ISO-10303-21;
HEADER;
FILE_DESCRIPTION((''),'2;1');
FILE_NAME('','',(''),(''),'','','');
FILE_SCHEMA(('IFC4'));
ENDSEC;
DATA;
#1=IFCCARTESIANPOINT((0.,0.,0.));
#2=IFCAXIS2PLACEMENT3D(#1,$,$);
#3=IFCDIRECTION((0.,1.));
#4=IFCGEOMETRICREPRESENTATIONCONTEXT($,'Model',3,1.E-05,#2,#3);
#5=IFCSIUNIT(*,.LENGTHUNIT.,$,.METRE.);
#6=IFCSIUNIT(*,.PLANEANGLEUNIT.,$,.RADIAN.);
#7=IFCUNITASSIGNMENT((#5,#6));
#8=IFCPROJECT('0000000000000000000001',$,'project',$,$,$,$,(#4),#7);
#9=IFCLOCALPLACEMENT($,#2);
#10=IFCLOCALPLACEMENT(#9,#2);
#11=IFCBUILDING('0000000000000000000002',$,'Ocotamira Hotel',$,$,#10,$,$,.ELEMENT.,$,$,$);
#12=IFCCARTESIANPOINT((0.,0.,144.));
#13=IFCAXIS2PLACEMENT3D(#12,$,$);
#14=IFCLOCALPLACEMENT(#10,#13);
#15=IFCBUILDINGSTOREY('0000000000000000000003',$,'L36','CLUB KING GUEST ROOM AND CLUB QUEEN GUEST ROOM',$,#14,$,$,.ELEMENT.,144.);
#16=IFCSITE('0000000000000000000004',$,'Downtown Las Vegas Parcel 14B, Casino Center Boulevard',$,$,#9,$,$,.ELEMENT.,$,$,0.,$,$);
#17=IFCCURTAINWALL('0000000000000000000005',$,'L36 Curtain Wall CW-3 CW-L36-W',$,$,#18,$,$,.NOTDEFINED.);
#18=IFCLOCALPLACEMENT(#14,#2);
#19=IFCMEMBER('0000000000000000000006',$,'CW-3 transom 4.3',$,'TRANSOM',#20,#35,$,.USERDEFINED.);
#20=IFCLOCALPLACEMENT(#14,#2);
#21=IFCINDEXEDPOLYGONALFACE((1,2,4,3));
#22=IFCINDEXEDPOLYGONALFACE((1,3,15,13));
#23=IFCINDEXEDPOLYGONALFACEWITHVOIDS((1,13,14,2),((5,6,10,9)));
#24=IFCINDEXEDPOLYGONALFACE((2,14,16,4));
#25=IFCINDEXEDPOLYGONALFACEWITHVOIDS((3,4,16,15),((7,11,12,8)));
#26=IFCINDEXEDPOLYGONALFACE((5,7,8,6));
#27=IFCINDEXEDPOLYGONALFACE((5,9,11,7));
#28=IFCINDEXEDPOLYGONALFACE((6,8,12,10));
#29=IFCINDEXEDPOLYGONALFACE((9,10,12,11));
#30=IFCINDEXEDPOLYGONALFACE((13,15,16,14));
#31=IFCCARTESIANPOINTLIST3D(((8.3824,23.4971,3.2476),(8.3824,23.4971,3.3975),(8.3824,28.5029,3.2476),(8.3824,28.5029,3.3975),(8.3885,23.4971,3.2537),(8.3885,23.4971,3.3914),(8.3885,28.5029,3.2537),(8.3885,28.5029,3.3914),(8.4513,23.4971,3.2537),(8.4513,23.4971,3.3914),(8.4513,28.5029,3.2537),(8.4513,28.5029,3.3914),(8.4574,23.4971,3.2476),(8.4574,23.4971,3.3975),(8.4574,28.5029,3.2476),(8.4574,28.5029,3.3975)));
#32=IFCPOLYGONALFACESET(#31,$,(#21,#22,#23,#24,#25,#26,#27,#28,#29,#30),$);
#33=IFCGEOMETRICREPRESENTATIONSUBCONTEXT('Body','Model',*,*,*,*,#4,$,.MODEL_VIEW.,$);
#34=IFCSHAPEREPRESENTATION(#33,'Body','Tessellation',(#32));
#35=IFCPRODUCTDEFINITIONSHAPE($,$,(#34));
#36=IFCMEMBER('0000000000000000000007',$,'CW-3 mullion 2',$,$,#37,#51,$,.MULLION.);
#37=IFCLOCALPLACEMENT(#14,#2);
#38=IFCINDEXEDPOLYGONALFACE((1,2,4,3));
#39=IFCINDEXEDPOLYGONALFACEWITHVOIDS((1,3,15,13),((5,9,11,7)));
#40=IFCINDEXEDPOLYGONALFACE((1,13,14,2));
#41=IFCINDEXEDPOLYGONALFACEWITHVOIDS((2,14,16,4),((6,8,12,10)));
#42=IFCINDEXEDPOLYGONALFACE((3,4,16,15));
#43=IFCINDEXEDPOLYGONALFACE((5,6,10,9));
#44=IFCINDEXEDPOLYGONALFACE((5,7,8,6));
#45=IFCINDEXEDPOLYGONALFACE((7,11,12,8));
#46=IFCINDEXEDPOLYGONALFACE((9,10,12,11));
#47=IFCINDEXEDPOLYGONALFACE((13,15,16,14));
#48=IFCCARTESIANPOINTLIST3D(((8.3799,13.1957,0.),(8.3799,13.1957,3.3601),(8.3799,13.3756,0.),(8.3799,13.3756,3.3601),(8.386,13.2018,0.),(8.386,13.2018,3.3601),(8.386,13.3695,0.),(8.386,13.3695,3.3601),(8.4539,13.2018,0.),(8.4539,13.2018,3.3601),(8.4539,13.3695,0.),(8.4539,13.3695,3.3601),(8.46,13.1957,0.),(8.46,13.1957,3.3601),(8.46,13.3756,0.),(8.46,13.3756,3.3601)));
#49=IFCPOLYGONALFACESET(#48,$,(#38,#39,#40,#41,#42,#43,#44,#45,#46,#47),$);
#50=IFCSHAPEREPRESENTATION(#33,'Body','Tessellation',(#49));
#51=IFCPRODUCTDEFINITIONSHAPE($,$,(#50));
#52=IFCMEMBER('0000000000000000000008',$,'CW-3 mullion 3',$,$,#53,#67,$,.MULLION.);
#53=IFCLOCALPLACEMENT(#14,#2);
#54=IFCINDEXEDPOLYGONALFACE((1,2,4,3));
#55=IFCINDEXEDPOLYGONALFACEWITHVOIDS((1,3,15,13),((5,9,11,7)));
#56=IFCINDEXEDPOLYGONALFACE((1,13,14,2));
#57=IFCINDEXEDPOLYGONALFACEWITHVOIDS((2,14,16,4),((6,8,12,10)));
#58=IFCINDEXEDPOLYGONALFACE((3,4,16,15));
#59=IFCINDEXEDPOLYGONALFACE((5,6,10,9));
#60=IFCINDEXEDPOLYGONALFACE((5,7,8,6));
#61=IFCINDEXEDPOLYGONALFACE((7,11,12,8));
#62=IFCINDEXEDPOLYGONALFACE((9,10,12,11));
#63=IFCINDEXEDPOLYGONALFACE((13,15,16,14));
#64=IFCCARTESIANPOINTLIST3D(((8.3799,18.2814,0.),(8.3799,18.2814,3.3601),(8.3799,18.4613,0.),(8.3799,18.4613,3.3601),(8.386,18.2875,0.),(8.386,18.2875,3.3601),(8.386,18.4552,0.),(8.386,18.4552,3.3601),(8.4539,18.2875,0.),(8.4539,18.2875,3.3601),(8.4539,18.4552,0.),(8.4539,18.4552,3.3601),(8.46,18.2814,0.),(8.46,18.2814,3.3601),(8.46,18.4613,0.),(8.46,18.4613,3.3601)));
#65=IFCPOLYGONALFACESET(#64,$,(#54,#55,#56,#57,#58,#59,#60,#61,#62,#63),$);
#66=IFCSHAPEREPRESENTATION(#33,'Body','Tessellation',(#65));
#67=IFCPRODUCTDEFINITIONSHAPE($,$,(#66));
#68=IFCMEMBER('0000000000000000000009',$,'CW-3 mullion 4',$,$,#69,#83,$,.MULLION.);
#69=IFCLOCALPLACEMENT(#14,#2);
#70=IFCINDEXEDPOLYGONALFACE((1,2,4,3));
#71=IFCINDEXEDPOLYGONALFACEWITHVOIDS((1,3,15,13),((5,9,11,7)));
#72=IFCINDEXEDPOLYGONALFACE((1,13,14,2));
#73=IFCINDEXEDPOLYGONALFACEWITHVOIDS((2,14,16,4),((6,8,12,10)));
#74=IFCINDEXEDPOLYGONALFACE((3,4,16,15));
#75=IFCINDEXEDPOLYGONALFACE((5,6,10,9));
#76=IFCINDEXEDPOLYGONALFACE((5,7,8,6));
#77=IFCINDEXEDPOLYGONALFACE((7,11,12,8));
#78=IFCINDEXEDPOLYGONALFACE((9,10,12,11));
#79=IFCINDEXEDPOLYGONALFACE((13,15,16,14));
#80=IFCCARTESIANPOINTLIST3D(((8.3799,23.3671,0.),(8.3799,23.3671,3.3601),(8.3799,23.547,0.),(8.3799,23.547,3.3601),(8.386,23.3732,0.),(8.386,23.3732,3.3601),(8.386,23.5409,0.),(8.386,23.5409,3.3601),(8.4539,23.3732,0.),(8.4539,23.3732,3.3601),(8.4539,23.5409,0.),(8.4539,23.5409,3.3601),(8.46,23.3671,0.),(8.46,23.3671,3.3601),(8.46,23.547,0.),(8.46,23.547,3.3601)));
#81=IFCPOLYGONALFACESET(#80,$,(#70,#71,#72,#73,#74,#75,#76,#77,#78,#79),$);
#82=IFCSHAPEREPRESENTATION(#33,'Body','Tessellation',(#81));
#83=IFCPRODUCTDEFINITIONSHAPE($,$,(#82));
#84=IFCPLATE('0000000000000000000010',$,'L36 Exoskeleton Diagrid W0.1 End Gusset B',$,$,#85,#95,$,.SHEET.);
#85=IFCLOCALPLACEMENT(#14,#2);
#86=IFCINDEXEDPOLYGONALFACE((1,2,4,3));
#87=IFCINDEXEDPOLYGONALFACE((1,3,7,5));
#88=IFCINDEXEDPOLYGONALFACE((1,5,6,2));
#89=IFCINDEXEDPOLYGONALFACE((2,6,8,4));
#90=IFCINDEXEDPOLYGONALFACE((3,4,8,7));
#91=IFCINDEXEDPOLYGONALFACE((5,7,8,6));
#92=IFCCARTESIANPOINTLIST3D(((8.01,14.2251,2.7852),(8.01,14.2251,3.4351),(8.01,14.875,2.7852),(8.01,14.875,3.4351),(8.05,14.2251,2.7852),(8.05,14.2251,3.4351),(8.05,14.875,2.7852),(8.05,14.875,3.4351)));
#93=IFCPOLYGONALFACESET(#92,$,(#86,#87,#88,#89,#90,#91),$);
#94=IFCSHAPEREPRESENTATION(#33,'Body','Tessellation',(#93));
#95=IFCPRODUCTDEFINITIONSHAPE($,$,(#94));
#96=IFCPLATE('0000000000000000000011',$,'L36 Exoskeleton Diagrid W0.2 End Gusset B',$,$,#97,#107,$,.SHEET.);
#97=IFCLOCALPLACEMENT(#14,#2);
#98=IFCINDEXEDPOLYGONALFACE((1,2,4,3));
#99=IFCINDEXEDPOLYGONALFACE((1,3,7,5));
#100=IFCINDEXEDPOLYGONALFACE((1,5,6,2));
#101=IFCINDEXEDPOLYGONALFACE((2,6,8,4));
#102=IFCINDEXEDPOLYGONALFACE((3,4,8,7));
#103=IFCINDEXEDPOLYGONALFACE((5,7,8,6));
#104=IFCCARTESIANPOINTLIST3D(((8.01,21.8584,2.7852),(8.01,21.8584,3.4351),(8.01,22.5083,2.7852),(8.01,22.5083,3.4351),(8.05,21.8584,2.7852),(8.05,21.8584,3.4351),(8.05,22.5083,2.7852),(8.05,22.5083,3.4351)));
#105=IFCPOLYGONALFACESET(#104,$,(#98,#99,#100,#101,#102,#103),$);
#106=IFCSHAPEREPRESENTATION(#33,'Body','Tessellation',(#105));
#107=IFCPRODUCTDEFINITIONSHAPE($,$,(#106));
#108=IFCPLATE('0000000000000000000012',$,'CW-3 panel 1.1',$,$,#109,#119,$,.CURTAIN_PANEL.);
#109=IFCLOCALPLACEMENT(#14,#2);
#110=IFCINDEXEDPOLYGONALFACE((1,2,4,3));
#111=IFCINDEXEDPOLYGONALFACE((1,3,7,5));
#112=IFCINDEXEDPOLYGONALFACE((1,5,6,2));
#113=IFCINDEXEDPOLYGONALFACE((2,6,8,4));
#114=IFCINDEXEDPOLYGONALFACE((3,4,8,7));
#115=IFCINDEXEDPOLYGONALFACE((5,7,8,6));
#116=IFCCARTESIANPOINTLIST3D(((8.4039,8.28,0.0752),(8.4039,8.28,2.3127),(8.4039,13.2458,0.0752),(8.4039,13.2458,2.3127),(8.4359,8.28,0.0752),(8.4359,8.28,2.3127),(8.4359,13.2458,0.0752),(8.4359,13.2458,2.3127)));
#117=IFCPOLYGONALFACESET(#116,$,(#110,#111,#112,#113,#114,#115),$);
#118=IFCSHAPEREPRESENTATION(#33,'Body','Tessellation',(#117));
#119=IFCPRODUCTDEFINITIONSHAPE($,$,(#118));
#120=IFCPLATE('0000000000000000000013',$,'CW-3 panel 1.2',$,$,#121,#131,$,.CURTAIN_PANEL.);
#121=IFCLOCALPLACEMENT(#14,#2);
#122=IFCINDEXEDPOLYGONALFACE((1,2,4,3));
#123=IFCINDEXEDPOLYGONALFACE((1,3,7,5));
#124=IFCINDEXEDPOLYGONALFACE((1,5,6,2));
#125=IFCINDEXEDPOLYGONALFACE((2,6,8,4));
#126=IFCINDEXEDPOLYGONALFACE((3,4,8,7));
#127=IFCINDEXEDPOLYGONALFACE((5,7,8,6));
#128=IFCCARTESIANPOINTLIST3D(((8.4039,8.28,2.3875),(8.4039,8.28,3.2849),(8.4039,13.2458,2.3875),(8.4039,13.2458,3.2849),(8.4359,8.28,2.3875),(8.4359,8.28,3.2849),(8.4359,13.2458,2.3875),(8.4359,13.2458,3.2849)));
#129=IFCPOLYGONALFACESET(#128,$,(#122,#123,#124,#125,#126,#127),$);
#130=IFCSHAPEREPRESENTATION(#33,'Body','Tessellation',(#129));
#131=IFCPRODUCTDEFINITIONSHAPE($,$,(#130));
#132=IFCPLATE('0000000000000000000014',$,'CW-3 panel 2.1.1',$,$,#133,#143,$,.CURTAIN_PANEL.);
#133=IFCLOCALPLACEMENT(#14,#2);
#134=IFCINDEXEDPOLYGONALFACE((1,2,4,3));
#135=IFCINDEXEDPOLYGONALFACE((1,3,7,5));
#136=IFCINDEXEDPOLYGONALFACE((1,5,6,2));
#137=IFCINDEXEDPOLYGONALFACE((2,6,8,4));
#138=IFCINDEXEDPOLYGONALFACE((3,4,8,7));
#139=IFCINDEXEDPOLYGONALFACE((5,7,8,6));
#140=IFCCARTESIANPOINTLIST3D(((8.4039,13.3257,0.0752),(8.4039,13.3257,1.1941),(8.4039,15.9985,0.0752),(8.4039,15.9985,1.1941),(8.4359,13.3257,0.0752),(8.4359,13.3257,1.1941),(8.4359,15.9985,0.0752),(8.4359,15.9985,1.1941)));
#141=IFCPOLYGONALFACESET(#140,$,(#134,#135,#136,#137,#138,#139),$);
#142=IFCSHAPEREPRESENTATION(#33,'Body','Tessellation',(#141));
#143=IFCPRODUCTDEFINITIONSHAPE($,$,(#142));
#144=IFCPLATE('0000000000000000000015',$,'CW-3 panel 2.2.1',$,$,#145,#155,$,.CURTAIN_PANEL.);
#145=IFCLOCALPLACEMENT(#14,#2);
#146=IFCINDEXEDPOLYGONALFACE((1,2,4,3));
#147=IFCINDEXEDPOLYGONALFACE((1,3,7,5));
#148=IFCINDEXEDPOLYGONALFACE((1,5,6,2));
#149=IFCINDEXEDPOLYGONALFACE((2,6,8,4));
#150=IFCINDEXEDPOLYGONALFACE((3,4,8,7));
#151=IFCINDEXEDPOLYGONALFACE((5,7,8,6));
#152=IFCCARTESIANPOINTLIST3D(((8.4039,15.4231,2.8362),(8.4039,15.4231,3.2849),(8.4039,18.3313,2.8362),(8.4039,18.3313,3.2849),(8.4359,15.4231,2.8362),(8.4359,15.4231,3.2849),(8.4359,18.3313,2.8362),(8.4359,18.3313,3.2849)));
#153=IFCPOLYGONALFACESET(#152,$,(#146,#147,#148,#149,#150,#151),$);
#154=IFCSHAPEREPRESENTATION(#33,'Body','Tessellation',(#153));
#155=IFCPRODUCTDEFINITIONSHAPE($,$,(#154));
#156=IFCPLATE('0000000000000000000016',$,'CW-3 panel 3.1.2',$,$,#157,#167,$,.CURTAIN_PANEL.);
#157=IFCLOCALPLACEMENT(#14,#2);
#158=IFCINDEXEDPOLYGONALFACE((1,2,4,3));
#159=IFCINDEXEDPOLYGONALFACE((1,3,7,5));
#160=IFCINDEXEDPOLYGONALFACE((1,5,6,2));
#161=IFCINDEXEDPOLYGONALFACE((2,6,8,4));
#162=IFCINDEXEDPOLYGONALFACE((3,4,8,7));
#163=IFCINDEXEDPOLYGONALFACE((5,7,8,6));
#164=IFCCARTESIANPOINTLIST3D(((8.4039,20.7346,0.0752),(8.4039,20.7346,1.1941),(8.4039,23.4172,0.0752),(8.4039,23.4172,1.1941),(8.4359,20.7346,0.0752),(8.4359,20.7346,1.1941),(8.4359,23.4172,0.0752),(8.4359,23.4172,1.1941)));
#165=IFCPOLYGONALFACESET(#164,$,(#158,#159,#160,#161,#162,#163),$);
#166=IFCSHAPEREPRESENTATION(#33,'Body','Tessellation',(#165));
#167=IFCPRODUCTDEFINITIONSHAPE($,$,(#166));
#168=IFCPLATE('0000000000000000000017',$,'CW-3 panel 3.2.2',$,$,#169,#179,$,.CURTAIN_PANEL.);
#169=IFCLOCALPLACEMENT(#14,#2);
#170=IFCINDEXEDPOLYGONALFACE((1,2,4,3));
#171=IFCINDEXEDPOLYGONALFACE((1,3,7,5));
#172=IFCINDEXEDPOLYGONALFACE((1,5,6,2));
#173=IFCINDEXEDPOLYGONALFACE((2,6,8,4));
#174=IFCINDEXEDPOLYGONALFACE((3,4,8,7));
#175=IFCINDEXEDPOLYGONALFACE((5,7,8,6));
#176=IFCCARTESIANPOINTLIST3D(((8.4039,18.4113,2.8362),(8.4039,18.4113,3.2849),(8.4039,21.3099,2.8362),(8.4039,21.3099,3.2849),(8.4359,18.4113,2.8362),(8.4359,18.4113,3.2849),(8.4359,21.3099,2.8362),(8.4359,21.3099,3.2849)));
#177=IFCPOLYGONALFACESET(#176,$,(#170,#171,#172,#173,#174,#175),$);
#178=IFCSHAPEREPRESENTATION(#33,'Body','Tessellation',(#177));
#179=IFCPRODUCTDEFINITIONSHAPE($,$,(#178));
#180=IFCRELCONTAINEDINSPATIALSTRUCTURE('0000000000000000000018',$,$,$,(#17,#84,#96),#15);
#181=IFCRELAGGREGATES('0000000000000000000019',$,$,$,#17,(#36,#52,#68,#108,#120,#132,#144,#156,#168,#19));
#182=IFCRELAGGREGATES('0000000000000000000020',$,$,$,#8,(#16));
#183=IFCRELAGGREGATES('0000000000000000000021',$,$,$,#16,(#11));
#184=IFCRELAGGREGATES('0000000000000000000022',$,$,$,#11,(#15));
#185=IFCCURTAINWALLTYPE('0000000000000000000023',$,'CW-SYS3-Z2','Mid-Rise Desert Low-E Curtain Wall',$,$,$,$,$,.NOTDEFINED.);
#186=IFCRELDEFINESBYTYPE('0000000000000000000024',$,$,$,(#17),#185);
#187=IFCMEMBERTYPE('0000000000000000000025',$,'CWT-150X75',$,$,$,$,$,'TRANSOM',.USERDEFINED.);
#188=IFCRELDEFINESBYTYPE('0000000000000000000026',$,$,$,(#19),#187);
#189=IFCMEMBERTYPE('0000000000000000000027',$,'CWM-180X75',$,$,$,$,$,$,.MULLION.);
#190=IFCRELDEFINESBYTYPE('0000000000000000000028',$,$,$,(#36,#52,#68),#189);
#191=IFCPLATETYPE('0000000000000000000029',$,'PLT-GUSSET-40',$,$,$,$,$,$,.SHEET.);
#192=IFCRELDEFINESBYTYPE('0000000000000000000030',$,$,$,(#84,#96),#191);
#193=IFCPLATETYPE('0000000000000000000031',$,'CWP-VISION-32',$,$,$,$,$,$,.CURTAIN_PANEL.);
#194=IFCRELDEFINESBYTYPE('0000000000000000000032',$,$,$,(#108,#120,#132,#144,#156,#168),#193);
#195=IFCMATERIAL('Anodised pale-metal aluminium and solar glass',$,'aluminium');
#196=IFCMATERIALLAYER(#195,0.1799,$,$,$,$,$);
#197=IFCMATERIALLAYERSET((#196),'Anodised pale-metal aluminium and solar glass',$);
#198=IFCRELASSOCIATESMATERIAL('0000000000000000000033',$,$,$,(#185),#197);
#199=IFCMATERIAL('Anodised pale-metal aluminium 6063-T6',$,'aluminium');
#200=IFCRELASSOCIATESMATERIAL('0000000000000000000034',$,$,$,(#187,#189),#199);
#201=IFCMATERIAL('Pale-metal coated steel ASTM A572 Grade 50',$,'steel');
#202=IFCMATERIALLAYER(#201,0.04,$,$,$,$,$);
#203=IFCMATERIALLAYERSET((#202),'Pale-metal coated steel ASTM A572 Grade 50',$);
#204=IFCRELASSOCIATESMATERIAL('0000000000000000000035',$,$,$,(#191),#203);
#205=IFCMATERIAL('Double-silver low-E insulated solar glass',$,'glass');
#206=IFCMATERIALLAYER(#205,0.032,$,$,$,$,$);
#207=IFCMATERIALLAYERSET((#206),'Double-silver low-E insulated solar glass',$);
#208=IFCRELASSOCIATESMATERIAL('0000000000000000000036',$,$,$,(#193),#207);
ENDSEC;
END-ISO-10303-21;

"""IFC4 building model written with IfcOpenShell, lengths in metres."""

from ifc_helpers import new_model, si_unit, direction, frame, origin, origin_2d, place, context, subcontext, project, spatial, rectangle, hollow_rectangle, extrude, source, transform, mapped, material, layer, layer_set, material_profile, profile_set, type_object, element, aggregate, save


model = new_model("IFC4")

# Units and contexts
model_context = context("Model", 3, precision=1e-05, world=origin(), true_north=direction((0.0, 1.0)))
body_context = subcontext(model_context, "Body", "Model", "MODEL_VIEW")
ifc_project = project(units=[si_unit("LENGTHUNIT", "METRE"), si_unit("PLANEANGLEUNIT", "RADIAN")], contexts=[model_context])

# Site, building, storey
site_placement = place(None, origin())
site = spatial("IfcSite", under=ifc_project, at=site_placement, Name="Downtown Las Vegas Parcel 14B, Casino Center Boulevard", CompositionType="ELEMENT", RefElevation=0.0)
building_placement = place(site_placement, origin())
building = spatial("IfcBuilding", under=site, at=building_placement, Name="Ocotamira Hotel", CompositionType="ELEMENT")
storey_placement = place(building_placement, frame((0.0, 0.0, 144.0)))
storey = spatial("IfcBuildingStorey", under=building, at=storey_placement, Name="L36", Description="CLUB KING GUEST ROOM AND CLUB QUEEN GUEST ROOM", CompositionType="ELEMENT", Elevation=144.0)

# Curtain wall, members
ifc_material_1 = material(Name="Anodised pale-metal aluminium and solar glass", Category="aluminium")
ifc_layer_1 = layer(ifc_material_1, 0.1799)
ifc_layer_set_1 = layer_set([ifc_layer_1], Name="Anodised pale-metal aluminium and solar glass")
curtain_wall_type = type_object("IfcCurtainWallType", Name="CW-SYS3-Z2", Description="Mid-Rise Desert Low-E Curtain Wall", PredefinedType="NOTDEFINED", material=ifc_layer_set_1)
curtain_wall_placement = place(storey_placement, origin())
curtain_wall = element("IfcCurtainWall", 1, at=curtain_wall_placement, inside=storey, type_object=curtain_wall_type, Name="L36 Curtain Wall CW-3 CW-L36-W", PredefinedType="NOTDEFINED")
ifc_material_2 = material(Name="Anodised pale-metal aluminium 6063-T6", Category="aluminium")
ifc_material_profile_1 = material_profile(ifc_material_2, hollow_rectangle(XDim=0.075, YDim=0.1499, WallThickness=0.0061, at=origin_2d()), Name="HSS150X75X6")
ifc_profile_set_1 = profile_set([ifc_material_profile_1], Name="Anodised pale-metal aluminium 6063-T6")
member_type_1 = type_object("IfcMemberType", Name="CWT-150X75", ElementType="TRANSOM", PredefinedType="USERDEFINED", material=ifc_profile_set_1)
shared_shape_1 = source(origin(), body_context, "Body", "SweptSolid", [
    extrude(hollow_rectangle(XDim=0.075, YDim=0.1499, WallThickness=0.0061, at=origin_2d()), origin(), (0.0, 0.0, 1.0), 5.0059),
])
member_1_placement = place(storey_placement, frame((8.4199, 23.4971, 3.3225), z_axis=(0.0, 1.0, 0.0), x_axis=(-1.0, 0.0, 0.0)))
member_1 = element("IfcMember", 2, at=member_1_placement, type_object=member_type_1, Name="CW-3 transom 4.3", ObjectType="TRANSOM", PredefinedType="USERDEFINED", context=body_context, shape_type="MappedRepresentation", body=[
    mapped(shared_shape_1, transform((0.0, 0.0, 0.0), scale=1.0)),
])
ifc_material_profile_2 = material_profile(ifc_material_2, hollow_rectangle(XDim=0.0801, YDim=0.1799, WallThickness=0.0061, at=origin_2d()), Name="HSS180X80X6")
ifc_profile_set_2 = profile_set([ifc_material_profile_2], Name="Anodised pale-metal aluminium 6063-T6")
member_type_2 = type_object("IfcMemberType", Name="CWM-180X75", PredefinedType="MULLION", material=ifc_profile_set_2)
shared_shape_2 = source(origin(), body_context, "Body", "SweptSolid", [
    extrude(hollow_rectangle(XDim=0.0801, YDim=0.1799, WallThickness=0.0061, at=origin_2d()), origin(), (0.0, 0.0, 1.0), 3.3601),
])
member_2_placement = place(storey_placement, frame((8.4199, 13.2856, 0.0), z_axis=(0.0, 0.0, 1.0), x_axis=(-1.0, 0.0, 0.0)))
member_2 = element("IfcMember", 3, at=member_2_placement, type_object=member_type_2, Name="CW-3 mullion 2", PredefinedType="MULLION", context=body_context, shape_type="MappedRepresentation", body=[
    mapped(shared_shape_2, transform((0.0, 0.0, 0.0), scale=1.0)),
])
member_3_placement = place(storey_placement, frame((8.4199, 18.3713, 0.0), z_axis=(0.0, 0.0, 1.0), x_axis=(-1.0, 0.0, 0.0)))
member_3 = element("IfcMember", 4, at=member_3_placement, type_object=member_type_2, Name="CW-3 mullion 3", PredefinedType="MULLION", context=body_context, shape_type="MappedRepresentation", body=[
    mapped(shared_shape_2, transform((0.0, 0.0, 0.0), scale=1.0)),
])
member_4_placement = place(storey_placement, frame((8.4199, 23.457, 0.0), z_axis=(0.0, 0.0, 1.0), x_axis=(-1.0, 0.0, 0.0)))
member_4 = element("IfcMember", 5, at=member_4_placement, type_object=member_type_2, Name="CW-3 mullion 4", PredefinedType="MULLION", context=body_context, shape_type="MappedRepresentation", body=[
    mapped(shared_shape_2, transform((0.0, 0.0, 0.0), scale=1.0)),
])

# Plates
ifc_material_3 = material(Name="Pale-metal coated steel ASTM A572 Grade 50", Category="steel")
ifc_layer_2 = layer(ifc_material_3, 0.04)
ifc_layer_set_2 = layer_set([ifc_layer_2], Name="Pale-metal coated steel ASTM A572 Grade 50")
plate_type_1 = type_object("IfcPlateType", Name="PLT-GUSSET-40", PredefinedType="SHEET", material=ifc_layer_set_2)
shared_shape_3 = source(origin(), body_context, "Body", "SweptSolid", [
    extrude(rectangle(XDim=0.04, YDim=0.6499, at=origin_2d()), origin(), (0.0, 0.0, 1.0), 0.6499),
])
for number, where, z_axis, x_axis, name in (
    (6, (8.03, 14.55, 2.7852), (0.0, 0.0, 1.0), (1.0, 0.0, 0.0), "L36 Exoskeleton Diagrid W0.1 End Gusset B"),
    (7, (8.03, 22.1833, 2.7852), (0.0, 0.0, 1.0), (1.0, 0.0, 0.0), "L36 Exoskeleton Diagrid W0.2 End Gusset B"),
):
    element("IfcPlate", number, at=place(storey_placement, frame(where, z_axis=z_axis, x_axis=x_axis)), inside=storey, type_object=plate_type_1, Name=name, PredefinedType="SHEET", context=body_context, shape_type="MappedRepresentation", body=[
        mapped(shared_shape_3, transform((0.0, 0.0, 0.0), scale=1.0)),
    ])

# Plates
ifc_material_4 = material(Name="Double-silver low-E insulated solar glass", Category="glass")
ifc_layer_3 = layer(ifc_material_4, 0.032)
ifc_layer_set_3 = layer_set([ifc_layer_3], Name="Double-silver low-E insulated solar glass")
plate_type_2 = type_object("IfcPlateType", Name="CWP-VISION-32", PredefinedType="CURTAIN_PANEL", material=ifc_layer_set_3)
shared_shape_4 = source(origin(), body_context, "Body", "SweptSolid", [
    extrude(rectangle(XDim=4.9658, YDim=0.032, at=origin_2d()), origin(), (0.0, 0.0, 1.0), 2.2375),
])
plate_1_placement = place(storey_placement, frame((8.4199, 10.7629, 0.0752), z_axis=(0.0, 0.0, 1.0), x_axis=(0.0, 1.0, 0.0)))
plate_1 = element("IfcPlate", 8, at=plate_1_placement, type_object=plate_type_2, Name="CW-3 panel 1.1", PredefinedType="CURTAIN_PANEL", context=body_context, shape_type="MappedRepresentation", body=[
    mapped(shared_shape_4, transform((0.0, 0.0, 0.0), scale=1.0)),
])
shared_shape_5 = source(origin(), body_context, "Body", "SweptSolid", [
    extrude(rectangle(XDim=4.9658, YDim=0.032, at=origin_2d()), origin(), (0.0, 0.0, 1.0), 0.8975),
])
plate_2_placement = place(storey_placement, frame((8.4199, 10.7629, 2.3875), z_axis=(0.0, 0.0, 1.0), x_axis=(0.0, 1.0, 0.0)))
plate_2 = element("IfcPlate", 9, at=plate_2_placement, type_object=plate_type_2, Name="CW-3 panel 1.2", PredefinedType="CURTAIN_PANEL", context=body_context, shape_type="MappedRepresentation", body=[
    mapped(shared_shape_5, transform((0.0, 0.0, 0.0), scale=1.0)),
])
shared_shape_6 = source(origin(), body_context, "Body", "SweptSolid", [
    extrude(rectangle(XDim=2.6729, YDim=0.032, at=origin_2d()), origin(), (0.0, 0.0, 1.0), 1.1189),
])
plate_3_placement = place(storey_placement, frame((8.4199, 14.6621, 0.0752), z_axis=(0.0, 0.0, 1.0), x_axis=(0.0, 1.0, 0.0)))
plate_3 = element("IfcPlate", 10, at=plate_3_placement, type_object=plate_type_2, Name="CW-3 panel 2.1.1", PredefinedType="CURTAIN_PANEL", context=body_context, shape_type="MappedRepresentation", body=[
    mapped(shared_shape_6, transform((0.0, 0.0, 0.0), scale=1.0)),
])
shared_shape_7 = source(origin(), body_context, "Body", "SweptSolid", [
    extrude(rectangle(XDim=2.9082, YDim=0.032, at=origin_2d()), origin(), (0.0, 0.0, 1.0), 0.4487),
])
plate_4_placement = place(storey_placement, frame((8.4199, 16.8772, 2.8362), z_axis=(0.0, 0.0, 1.0), x_axis=(0.0, 1.0, 0.0)))
plate_4 = element("IfcPlate", 11, at=plate_4_placement, type_object=plate_type_2, Name="CW-3 panel 2.2.1", PredefinedType="CURTAIN_PANEL", context=body_context, shape_type="MappedRepresentation", body=[
    mapped(shared_shape_7, transform((0.0, 0.0, 0.0), scale=1.0)),
])
shared_shape_8 = source(origin(), body_context, "Body", "SweptSolid", [
    extrude(rectangle(XDim=2.6826, YDim=0.032, at=origin_2d()), origin(), (0.0, 0.0, 1.0), 1.1189),
])
plate_5_placement = place(storey_placement, frame((8.4199, 22.0759, 0.0752), z_axis=(0.0, 0.0, 1.0), x_axis=(0.0, 1.0, 0.0)))
plate_5 = element("IfcPlate", 12, at=plate_5_placement, type_object=plate_type_2, Name="CW-3 panel 3.1.2", PredefinedType="CURTAIN_PANEL", context=body_context, shape_type="MappedRepresentation", body=[
    mapped(shared_shape_8, transform((0.0, 0.0, 0.0), scale=1.0)),
])
shared_shape_9 = source(origin(), body_context, "Body", "SweptSolid", [
    extrude(rectangle(XDim=2.8987, YDim=0.032, at=origin_2d()), origin(), (0.0, 0.0, 1.0), 0.4487),
])
plate_6_placement = place(storey_placement, frame((8.4199, 19.8606, 2.8362), z_axis=(0.0, 0.0, 1.0), x_axis=(0.0, 1.0, 0.0)))
plate_6 = element("IfcPlate", 13, at=plate_6_placement, type_object=plate_type_2, Name="CW-3 panel 3.2.2", PredefinedType="CURTAIN_PANEL", context=body_context, shape_type="MappedRepresentation", body=[
    mapped(shared_shape_9, transform((0.0, 0.0, 0.0), scale=1.0)),
])
aggregate(curtain_wall, [member_2, member_3, member_4, plate_1, plate_2, plate_3, plate_4, plate_5, plate_6, member_1])

save(model, "model.ifc")
